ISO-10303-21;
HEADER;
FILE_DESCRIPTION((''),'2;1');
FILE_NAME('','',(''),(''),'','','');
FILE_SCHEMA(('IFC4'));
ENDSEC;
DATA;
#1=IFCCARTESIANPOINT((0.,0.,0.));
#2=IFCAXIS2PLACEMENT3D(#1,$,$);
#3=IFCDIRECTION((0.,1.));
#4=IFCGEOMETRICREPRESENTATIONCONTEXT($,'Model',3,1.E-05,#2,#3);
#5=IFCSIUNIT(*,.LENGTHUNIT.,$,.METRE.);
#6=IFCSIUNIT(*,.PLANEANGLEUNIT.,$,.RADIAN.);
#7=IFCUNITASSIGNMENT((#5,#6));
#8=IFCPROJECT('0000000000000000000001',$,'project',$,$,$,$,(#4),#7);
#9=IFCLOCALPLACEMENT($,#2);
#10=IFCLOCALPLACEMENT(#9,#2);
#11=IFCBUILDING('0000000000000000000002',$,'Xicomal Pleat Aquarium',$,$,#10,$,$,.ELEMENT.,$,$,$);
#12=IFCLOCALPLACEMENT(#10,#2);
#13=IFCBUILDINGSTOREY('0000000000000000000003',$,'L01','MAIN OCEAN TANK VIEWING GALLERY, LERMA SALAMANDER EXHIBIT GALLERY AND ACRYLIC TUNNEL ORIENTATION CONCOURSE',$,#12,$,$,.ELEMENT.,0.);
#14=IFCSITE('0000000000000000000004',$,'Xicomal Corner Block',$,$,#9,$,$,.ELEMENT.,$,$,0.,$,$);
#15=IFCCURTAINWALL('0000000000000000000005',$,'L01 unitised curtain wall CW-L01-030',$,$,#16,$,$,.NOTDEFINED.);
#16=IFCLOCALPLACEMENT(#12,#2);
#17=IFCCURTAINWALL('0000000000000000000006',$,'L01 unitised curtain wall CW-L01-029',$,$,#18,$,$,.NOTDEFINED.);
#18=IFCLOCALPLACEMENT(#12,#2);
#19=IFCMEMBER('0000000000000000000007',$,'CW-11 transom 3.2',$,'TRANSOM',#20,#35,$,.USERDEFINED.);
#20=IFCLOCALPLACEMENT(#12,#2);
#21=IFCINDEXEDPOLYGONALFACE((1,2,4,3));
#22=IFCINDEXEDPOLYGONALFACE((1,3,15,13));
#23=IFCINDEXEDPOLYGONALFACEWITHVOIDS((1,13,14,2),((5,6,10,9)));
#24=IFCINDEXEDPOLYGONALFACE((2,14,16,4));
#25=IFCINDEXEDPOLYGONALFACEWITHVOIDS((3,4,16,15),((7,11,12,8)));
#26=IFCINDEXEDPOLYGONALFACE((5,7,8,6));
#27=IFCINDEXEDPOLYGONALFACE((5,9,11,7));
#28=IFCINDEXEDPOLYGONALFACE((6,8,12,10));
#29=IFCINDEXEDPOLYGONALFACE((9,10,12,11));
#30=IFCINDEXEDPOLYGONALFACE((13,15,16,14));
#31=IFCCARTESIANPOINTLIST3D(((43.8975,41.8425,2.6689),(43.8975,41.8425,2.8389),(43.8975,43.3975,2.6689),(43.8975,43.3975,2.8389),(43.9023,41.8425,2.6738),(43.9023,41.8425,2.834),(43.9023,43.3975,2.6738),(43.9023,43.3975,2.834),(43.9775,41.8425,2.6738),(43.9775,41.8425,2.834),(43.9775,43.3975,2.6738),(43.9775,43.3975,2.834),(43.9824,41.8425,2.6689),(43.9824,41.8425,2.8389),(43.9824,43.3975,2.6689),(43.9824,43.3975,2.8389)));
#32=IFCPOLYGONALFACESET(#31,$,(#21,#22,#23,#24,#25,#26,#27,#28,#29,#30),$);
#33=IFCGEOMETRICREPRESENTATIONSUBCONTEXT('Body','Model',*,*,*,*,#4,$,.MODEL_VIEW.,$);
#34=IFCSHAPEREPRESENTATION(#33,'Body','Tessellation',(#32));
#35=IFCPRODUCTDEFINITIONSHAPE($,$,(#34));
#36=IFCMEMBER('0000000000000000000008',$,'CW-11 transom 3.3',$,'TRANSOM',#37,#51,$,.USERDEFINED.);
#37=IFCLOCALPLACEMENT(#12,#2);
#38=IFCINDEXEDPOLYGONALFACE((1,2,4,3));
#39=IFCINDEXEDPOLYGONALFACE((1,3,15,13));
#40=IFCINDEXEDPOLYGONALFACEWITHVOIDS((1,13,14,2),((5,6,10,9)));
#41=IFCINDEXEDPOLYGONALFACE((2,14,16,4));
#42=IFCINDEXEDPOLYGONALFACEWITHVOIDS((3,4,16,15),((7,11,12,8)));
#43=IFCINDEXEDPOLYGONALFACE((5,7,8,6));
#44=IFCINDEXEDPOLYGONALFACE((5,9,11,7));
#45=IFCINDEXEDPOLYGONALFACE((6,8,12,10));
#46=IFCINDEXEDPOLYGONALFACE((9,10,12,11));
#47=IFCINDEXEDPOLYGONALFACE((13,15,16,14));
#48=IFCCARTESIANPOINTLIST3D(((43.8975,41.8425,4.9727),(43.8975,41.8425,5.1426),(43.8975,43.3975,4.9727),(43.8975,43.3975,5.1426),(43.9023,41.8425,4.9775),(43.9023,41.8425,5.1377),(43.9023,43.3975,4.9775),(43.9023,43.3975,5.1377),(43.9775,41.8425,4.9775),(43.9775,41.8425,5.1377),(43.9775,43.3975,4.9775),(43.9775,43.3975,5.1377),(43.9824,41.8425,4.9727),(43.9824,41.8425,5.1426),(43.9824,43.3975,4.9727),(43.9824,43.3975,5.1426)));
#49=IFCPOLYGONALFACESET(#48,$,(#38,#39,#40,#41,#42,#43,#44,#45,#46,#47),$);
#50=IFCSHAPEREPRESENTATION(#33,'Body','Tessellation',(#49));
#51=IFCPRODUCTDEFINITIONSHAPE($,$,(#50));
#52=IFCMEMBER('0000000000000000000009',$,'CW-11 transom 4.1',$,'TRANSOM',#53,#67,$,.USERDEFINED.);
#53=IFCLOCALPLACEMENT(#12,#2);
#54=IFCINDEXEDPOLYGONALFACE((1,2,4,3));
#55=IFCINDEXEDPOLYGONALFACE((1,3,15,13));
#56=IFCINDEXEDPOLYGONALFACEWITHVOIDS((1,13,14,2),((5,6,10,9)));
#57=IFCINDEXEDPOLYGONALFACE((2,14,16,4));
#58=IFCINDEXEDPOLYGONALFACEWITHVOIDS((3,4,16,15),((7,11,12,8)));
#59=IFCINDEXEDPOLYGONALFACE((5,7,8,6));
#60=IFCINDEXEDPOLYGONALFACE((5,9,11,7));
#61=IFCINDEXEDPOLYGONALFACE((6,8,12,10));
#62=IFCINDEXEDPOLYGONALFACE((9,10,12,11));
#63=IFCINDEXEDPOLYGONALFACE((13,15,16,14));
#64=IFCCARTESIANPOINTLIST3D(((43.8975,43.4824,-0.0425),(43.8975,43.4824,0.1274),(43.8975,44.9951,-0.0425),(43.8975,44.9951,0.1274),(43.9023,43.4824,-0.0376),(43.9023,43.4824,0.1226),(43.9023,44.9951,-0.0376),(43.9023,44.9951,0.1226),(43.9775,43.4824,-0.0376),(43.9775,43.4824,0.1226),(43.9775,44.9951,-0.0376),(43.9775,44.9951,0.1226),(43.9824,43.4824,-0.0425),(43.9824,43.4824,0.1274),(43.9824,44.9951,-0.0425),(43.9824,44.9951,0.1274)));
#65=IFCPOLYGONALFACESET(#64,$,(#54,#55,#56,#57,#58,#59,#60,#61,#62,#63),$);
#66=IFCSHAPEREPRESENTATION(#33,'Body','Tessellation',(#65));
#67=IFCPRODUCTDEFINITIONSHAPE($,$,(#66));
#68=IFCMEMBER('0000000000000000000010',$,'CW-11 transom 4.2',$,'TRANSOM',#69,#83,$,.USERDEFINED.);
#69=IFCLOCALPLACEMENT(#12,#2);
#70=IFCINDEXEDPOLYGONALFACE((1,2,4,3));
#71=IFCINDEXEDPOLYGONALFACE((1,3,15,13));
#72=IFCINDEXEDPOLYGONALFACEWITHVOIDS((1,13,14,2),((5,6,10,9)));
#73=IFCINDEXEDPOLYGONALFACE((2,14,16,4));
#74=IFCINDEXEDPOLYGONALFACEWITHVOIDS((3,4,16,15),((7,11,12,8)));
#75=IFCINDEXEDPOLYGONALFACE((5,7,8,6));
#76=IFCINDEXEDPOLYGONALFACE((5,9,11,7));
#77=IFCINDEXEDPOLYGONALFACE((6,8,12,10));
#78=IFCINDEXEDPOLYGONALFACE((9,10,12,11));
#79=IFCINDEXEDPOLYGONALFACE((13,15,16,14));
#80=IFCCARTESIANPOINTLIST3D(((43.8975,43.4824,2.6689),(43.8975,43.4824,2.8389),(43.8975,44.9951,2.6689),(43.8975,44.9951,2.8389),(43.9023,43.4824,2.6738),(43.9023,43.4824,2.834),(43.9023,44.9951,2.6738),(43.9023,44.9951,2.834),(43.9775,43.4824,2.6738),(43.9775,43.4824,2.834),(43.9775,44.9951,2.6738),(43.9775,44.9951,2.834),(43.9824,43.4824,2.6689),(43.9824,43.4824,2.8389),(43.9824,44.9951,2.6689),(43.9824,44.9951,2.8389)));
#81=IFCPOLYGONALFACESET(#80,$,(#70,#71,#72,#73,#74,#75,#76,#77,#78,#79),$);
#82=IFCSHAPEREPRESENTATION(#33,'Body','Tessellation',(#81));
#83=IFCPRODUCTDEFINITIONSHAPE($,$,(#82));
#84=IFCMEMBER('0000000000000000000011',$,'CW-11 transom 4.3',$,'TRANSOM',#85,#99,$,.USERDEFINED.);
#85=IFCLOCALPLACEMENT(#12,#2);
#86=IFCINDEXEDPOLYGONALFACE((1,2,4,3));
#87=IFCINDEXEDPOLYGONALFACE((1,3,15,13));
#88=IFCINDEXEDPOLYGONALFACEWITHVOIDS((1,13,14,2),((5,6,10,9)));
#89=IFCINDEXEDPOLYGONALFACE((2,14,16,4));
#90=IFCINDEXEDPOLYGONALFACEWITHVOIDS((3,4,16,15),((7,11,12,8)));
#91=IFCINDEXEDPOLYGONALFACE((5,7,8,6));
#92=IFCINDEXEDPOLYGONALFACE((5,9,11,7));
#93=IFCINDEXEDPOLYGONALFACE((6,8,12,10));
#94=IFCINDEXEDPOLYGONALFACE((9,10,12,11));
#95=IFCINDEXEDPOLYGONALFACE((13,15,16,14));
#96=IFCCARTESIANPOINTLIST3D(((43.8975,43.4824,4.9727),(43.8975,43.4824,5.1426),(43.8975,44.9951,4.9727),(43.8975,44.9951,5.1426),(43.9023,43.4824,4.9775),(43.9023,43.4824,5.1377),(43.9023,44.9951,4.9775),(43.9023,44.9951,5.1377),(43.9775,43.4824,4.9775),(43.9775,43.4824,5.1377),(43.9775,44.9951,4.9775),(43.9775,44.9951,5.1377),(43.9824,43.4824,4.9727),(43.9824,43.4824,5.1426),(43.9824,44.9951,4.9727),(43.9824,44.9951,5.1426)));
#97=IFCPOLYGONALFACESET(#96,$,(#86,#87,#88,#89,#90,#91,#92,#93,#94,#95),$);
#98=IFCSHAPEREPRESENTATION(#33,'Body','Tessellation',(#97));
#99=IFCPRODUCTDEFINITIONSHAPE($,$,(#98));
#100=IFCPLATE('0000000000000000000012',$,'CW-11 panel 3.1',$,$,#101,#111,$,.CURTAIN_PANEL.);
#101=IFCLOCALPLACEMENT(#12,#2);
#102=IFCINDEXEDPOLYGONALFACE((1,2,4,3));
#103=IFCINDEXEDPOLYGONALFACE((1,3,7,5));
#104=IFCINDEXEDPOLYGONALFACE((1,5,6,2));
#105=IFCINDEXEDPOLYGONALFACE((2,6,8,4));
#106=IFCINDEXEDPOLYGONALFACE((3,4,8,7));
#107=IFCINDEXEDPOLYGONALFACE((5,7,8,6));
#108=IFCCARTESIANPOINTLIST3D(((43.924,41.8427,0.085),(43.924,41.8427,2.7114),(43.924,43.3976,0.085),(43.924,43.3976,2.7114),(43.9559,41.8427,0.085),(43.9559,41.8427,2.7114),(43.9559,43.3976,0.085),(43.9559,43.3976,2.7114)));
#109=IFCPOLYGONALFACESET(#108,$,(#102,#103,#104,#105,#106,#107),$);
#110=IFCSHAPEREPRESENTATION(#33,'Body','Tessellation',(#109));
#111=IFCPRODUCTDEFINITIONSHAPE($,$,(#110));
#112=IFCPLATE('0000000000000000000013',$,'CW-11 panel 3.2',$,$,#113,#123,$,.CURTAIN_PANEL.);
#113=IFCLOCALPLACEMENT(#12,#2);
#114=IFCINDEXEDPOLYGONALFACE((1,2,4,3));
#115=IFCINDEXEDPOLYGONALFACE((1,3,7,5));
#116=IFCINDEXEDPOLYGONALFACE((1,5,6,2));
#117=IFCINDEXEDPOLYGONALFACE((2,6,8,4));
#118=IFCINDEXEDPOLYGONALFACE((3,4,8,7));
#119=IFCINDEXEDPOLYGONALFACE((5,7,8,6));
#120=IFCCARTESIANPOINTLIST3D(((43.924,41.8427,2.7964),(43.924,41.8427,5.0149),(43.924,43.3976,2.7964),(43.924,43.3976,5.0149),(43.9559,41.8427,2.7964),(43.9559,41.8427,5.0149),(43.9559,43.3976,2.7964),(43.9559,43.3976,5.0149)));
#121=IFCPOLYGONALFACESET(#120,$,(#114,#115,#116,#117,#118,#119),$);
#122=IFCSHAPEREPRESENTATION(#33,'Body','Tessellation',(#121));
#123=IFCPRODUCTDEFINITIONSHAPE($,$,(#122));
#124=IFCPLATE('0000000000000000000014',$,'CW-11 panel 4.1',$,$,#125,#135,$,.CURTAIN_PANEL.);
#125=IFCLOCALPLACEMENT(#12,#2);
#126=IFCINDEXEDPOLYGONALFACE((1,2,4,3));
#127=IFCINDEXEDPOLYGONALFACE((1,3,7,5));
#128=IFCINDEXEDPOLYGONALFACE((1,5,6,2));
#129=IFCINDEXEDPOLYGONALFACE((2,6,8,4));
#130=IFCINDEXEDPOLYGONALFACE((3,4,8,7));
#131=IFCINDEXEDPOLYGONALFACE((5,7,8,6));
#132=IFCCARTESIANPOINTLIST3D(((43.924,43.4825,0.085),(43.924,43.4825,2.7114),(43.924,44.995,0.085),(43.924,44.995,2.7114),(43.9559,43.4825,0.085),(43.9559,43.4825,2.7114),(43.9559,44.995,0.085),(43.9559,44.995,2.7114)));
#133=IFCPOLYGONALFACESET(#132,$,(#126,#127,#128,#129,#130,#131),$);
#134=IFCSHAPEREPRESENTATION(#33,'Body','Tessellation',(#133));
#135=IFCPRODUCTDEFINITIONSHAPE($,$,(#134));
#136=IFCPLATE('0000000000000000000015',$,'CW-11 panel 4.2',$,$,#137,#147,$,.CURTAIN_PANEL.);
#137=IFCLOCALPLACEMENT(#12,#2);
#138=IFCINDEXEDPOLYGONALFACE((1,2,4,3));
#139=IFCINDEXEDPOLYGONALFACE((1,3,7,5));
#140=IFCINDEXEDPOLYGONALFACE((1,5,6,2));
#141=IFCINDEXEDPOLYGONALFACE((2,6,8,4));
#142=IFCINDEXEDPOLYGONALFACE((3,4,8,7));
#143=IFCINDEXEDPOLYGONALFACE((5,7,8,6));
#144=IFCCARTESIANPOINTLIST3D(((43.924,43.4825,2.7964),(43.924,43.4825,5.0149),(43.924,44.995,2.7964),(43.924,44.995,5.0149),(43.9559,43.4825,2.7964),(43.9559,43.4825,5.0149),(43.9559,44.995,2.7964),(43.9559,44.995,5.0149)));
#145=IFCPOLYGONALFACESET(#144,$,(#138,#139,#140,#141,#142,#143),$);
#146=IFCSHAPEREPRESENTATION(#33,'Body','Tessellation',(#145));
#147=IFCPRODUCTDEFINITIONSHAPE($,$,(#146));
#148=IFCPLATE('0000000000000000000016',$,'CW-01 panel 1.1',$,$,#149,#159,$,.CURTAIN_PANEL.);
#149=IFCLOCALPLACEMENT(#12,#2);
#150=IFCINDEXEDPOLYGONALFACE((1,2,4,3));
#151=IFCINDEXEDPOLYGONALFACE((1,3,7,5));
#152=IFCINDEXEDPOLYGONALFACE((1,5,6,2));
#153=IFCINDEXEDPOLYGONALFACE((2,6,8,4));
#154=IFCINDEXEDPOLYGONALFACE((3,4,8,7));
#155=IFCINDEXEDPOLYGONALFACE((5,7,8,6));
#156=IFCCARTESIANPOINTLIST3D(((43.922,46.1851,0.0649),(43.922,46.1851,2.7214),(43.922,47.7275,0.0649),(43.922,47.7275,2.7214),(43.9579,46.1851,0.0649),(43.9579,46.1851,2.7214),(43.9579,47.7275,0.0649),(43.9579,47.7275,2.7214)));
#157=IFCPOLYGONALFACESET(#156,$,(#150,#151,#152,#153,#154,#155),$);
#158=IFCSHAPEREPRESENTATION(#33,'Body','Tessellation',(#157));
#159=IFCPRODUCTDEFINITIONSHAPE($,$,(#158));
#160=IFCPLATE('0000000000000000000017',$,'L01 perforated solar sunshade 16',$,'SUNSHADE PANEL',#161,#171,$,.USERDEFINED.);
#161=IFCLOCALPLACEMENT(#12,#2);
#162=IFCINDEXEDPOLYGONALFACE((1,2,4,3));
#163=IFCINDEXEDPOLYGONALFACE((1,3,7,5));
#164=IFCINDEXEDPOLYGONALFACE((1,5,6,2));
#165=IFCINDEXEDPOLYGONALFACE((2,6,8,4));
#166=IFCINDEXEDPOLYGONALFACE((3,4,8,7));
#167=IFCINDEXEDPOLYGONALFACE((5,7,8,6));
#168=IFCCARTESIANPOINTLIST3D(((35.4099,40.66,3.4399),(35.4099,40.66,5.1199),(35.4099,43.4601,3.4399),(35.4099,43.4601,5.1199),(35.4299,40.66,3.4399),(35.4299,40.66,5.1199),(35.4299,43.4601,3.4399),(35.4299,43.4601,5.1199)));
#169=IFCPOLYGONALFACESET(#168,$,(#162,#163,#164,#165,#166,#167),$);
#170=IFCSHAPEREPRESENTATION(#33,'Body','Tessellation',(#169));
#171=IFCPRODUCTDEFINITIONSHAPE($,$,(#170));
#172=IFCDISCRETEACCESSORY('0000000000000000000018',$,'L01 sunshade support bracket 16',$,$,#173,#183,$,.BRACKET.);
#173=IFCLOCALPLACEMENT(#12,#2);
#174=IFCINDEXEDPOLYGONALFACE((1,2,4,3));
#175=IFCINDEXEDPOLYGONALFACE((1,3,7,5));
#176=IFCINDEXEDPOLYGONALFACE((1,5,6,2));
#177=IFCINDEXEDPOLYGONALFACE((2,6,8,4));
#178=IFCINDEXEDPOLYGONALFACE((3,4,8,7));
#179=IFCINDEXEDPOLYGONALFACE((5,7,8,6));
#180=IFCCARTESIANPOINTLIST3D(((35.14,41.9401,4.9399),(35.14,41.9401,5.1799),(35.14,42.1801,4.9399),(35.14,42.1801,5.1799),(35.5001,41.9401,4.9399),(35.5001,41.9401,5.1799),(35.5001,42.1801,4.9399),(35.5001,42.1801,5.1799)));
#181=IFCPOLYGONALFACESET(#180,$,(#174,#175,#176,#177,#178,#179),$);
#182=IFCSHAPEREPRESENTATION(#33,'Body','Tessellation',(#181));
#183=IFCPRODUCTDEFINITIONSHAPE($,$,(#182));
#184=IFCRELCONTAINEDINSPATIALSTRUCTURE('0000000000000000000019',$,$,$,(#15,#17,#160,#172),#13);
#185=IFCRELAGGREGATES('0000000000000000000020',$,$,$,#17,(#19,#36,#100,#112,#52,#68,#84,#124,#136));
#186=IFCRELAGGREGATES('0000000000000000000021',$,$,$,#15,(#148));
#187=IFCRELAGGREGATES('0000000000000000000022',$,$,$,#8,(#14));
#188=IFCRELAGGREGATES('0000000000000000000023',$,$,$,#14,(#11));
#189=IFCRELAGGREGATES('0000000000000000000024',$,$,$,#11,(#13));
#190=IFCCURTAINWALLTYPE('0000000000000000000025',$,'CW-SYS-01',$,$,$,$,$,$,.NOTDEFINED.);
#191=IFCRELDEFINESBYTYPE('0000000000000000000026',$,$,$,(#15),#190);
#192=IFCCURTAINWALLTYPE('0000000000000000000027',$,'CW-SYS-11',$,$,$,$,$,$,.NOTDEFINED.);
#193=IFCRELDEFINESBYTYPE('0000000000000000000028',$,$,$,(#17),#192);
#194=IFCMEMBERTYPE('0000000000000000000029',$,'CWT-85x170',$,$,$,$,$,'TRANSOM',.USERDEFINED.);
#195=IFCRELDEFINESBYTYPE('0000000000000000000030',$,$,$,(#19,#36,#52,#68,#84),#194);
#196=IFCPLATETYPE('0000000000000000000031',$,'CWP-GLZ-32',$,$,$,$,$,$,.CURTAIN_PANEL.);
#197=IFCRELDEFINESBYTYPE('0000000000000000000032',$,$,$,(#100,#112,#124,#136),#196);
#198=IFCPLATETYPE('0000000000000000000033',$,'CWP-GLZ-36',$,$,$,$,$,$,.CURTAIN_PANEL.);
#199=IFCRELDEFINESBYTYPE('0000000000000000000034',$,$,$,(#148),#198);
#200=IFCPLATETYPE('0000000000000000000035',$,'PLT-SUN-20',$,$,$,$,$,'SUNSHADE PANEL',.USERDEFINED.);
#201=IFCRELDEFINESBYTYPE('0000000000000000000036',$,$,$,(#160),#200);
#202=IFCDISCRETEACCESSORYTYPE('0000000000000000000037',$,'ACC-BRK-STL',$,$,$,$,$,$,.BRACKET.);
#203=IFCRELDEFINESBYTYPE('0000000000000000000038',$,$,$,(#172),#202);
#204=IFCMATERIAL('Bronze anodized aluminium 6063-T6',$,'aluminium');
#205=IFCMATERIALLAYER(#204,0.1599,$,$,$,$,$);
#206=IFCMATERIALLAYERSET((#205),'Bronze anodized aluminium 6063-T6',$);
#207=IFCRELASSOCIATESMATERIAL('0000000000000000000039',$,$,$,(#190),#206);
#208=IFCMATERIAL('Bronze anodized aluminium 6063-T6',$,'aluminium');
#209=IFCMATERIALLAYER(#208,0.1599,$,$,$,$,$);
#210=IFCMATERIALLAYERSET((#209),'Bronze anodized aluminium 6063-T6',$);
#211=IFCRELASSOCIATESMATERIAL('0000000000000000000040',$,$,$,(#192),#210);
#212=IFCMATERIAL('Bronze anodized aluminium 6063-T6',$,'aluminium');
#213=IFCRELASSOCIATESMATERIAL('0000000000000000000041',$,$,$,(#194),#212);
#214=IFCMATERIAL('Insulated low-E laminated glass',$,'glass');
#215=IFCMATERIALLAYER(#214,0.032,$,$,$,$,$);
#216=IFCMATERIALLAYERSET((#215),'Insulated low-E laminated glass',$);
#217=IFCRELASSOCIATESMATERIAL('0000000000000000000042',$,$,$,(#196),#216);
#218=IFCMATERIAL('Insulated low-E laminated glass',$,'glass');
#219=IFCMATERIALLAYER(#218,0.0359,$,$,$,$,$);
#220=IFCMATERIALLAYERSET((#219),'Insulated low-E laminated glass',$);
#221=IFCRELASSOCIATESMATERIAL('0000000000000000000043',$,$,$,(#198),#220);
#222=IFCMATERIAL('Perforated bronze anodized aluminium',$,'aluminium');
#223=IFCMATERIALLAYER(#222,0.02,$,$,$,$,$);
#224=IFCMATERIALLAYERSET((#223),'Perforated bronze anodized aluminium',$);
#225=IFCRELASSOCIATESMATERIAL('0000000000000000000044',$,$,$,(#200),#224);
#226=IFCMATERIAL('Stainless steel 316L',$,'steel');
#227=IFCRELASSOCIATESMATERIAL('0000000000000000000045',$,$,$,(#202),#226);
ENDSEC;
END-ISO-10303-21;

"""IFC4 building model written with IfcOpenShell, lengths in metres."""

from ifc_helpers import new_model, si_unit, direction, frame, origin, origin_2d, place, context, subcontext, project, spatial, rectangle, hollow_rectangle, extrude, material, layer, layer_set, material_profile, profile_set, type_object, element, aggregate, save


model = new_model("IFC4")

# Units and contexts
model_context = context("Model", 3, precision=1e-05, world=origin(), true_north=direction((0.0, 1.0)))
body_context = subcontext(model_context, "Body", "Model", "MODEL_VIEW")
ifc_project = project(units=[si_unit("LENGTHUNIT", "METRE"), si_unit("PLANEANGLEUNIT", "RADIAN")], contexts=[model_context])

# Site, building, storey
site_placement = place(None, origin())
site = spatial("IfcSite", under=ifc_project, at=site_placement, Name="Xicomal Corner Block", CompositionType="ELEMENT", RefElevation=0.0)
building_placement = place(site_placement, origin())
building = spatial("IfcBuilding", under=site, at=building_placement, Name="Xicomal Pleat Aquarium", CompositionType="ELEMENT")
storey_placement = place(building_placement, origin())
storey = spatial("IfcBuildingStorey", under=building, at=storey_placement, Name="L01", Description="MAIN OCEAN TANK VIEWING GALLERY, LERMA SALAMANDER EXHIBIT GALLERY AND ACRYLIC TUNNEL ORIENTATION CONCOURSE", CompositionType="ELEMENT", Elevation=0.0)

# Curtain wall
ifc_material_1 = material(Name="Bronze anodized aluminium 6063-T6", Category="aluminium")
ifc_layer_1 = layer(ifc_material_1, 0.1599)
ifc_layer_set_1 = layer_set([ifc_layer_1], Name="Bronze anodized aluminium 6063-T6")
curtain_wall_type_1 = type_object("IfcCurtainWallType", Name="CW-SYS-01", PredefinedType="NOTDEFINED", material=ifc_layer_set_1)
curtain_wall_1_placement = place(storey_placement, origin())
curtain_wall_1 = element("IfcCurtainWall", 1, at=curtain_wall_1_placement, inside=storey, type_object=curtain_wall_type_1, Name="L01 unitised curtain wall CW-L01-030", PredefinedType="NOTDEFINED")

# Curtain wall
ifc_material_2 = material(Name="Bronze anodized aluminium 6063-T6", Category="aluminium")
ifc_layer_2 = layer(ifc_material_2, 0.1599)
ifc_layer_set_2 = layer_set([ifc_layer_2], Name="Bronze anodized aluminium 6063-T6")
curtain_wall_type_2 = type_object("IfcCurtainWallType", Name="CW-SYS-11", PredefinedType="NOTDEFINED", material=ifc_layer_set_2)
curtain_wall_2_placement = place(storey_placement, origin())
curtain_wall_2 = element("IfcCurtainWall", 2, at=curtain_wall_2_placement, inside=storey, type_object=curtain_wall_type_2, Name="L01 unitised curtain wall CW-L01-029", PredefinedType="NOTDEFINED")

# Members
ifc_material_3 = material(Name="Bronze anodized aluminium 6063-T6", Category="aluminium")
ifc_material_profile_1 = material_profile(ifc_material_3, hollow_rectangle(XDim=0.085, YDim=0.1699, WallThickness=0.0049, at=origin_2d()), Name="ALU TRAN 85x170")
ifc_profile_set_1 = profile_set([ifc_material_profile_1], Name="Bronze anodized aluminium 6063-T6")
member_type_1 = type_object("IfcMemberType", Name="CWT-85x170", ElementType="TRANSOM", PredefinedType="USERDEFINED", material=ifc_profile_set_1)
member_1_placement = place(storey_placement, frame((43.9399, 41.8425, 2.7539), z_axis=(0.0, 1.0, 0.0), x_axis=(-1.0, 0.0, 0.0)))
member_1 = element("IfcMember", 3, at=member_1_placement, type_object=member_type_1, Name="CW-11 transom 3.2", ObjectType="TRANSOM", PredefinedType="USERDEFINED", context=body_context, shape_type="SweptSolid", body=[
    extrude(hollow_rectangle(XDim=0.085, YDim=0.1699, WallThickness=0.0049, at=origin_2d()), origin(), (0.0, 0.0, 1.0), 1.5549),
])
member_2_placement = place(storey_placement, frame((43.9399, 41.8425, 5.0576), z_axis=(0.0, 1.0, 0.0), x_axis=(-1.0, 0.0, 0.0)))
member_2 = element("IfcMember", 4, at=member_2_placement, type_object=member_type_1, Name="CW-11 transom 3.3", ObjectType="TRANSOM", PredefinedType="USERDEFINED", context=body_context, shape_type="SweptSolid", body=[
    extrude(hollow_rectangle(XDim=0.085, YDim=0.1699, WallThickness=0.0049, at=origin_2d()), origin(), (0.0, 0.0, 1.0), 1.5549),
])
member_3_placement = place(storey_placement, frame((43.9399, 43.4824, 0.0425), z_axis=(0.0, 1.0, 0.0), x_axis=(-1.0, 0.0, 0.0)))
member_3 = element("IfcMember", 5, at=member_3_placement, type_object=member_type_1, Name="CW-11 transom 4.1", ObjectType="TRANSOM", PredefinedType="USERDEFINED", context=body_context, shape_type="SweptSolid", body=[
    extrude(hollow_rectangle(XDim=0.085, YDim=0.1699, WallThickness=0.0049, at=origin_2d()), origin(), (0.0, 0.0, 1.0), 1.5127),
])
member_4_placement = place(storey_placement, frame((43.9399, 43.4824, 2.7539), z_axis=(0.0, 1.0, 0.0), x_axis=(-1.0, 0.0, 0.0)))
member_4 = element("IfcMember", 6, at=member_4_placement, type_object=member_type_1, Name="CW-11 transom 4.2", ObjectType="TRANSOM", PredefinedType="USERDEFINED", context=body_context, shape_type="SweptSolid", body=[
    extrude(hollow_rectangle(XDim=0.085, YDim=0.1699, WallThickness=0.0049, at=origin_2d()), origin(), (0.0, 0.0, 1.0), 1.5127),
])
member_5_placement = place(storey_placement, frame((43.9399, 43.4824, 5.0576), z_axis=(0.0, 1.0, 0.0), x_axis=(-1.0, 0.0, 0.0)))
member_5 = element("IfcMember", 7, at=member_5_placement, type_object=member_type_1, Name="CW-11 transom 4.3", ObjectType="TRANSOM", PredefinedType="USERDEFINED", context=body_context, shape_type="SweptSolid", body=[
    extrude(hollow_rectangle(XDim=0.085, YDim=0.1699, WallThickness=0.0049, at=origin_2d()), origin(), (0.0, 0.0, 1.0), 1.5127),
])

# Plates
ifc_material_4 = material(Name="Insulated low-E laminated glass", Category="glass")
ifc_layer_3 = layer(ifc_material_4, 0.032)
ifc_layer_set_3 = layer_set([ifc_layer_3], Name="Insulated low-E laminated glass")
plate_type_1 = type_object("IfcPlateType", Name="CWP-GLZ-32", PredefinedType="CURTAIN_PANEL", material=ifc_layer_set_3)
plate_1_placement = place(storey_placement, frame((43.9399, 42.6201, 0.085), z_axis=(0.0, 0.0, 1.0), x_axis=(0.0, 1.0, 0.0)))
plate_1 = element("IfcPlate", 8, at=plate_1_placement, type_object=plate_type_1, Name="CW-11 panel 3.1", PredefinedType="CURTAIN_PANEL", context=body_context, shape_type="SweptSolid", body=[
    extrude(rectangle(XDim=1.5549, YDim=0.032, at=origin_2d()), origin(), (0.0, 0.0, 1.0), 2.6265),
])
plate_2_placement = place(storey_placement, frame((43.9399, 42.6201, 2.7964), z_axis=(0.0, 0.0, 1.0), x_axis=(0.0, 1.0, 0.0)))
plate_2 = element("IfcPlate", 9, at=plate_2_placement, type_object=plate_type_1, Name="CW-11 panel 3.2", PredefinedType="CURTAIN_PANEL", context=body_context, shape_type="SweptSolid", body=[
    extrude(rectangle(XDim=1.5549, YDim=0.032, at=origin_2d()), origin(), (0.0, 0.0, 1.0), 2.2185),
])
plate_3_placement = place(storey_placement, frame((43.9399, 44.2388, 0.085), z_axis=(0.0, 0.0, 1.0), x_axis=(0.0, 1.0, 0.0)))
plate_3 = element("IfcPlate", 10, at=plate_3_placement, type_object=plate_type_1, Name="CW-11 panel 4.1", PredefinedType="CURTAIN_PANEL", context=body_context, shape_type="SweptSolid", body=[
    extrude(rectangle(XDim=1.5125, YDim=0.032, at=origin_2d()), origin(), (0.0, 0.0, 1.0), 2.6265),
])
plate_4_placement = place(storey_placement, frame((43.9399, 44.2388, 2.7964), z_axis=(0.0, 0.0, 1.0), x_axis=(0.0, 1.0, 0.0)))
plate_4 = element("IfcPlate", 11, at=plate_4_placement, type_object=plate_type_1, Name="CW-11 panel 4.2", PredefinedType="CURTAIN_PANEL", context=body_context, shape_type="SweptSolid", body=[
    extrude(rectangle(XDim=1.5125, YDim=0.032, at=origin_2d()), origin(), (0.0, 0.0, 1.0), 2.2185),
])
aggregate(curtain_wall_2, [member_1, member_2, plate_1, plate_2, member_3, member_4, member_5, plate_3, plate_4])
ifc_material_5 = material(Name="Insulated low-E laminated glass", Category="glass")
ifc_layer_4 = layer(ifc_material_5, 0.0359)
ifc_layer_set_4 = layer_set([ifc_layer_4], Name="Insulated low-E laminated glass")
plate_type_2 = type_object("IfcPlateType", Name="CWP-GLZ-36", PredefinedType="CURTAIN_PANEL", material=ifc_layer_set_4)
plate_5_placement = place(storey_placement, frame((43.9399, 46.9563, 0.0649), z_axis=(0.0, 0.0, 1.0), x_axis=(0.0, 1.0, 0.0)))
plate_5 = element("IfcPlate", 12, at=plate_5_placement, type_object=plate_type_2, Name="CW-01 panel 1.1", PredefinedType="CURTAIN_PANEL", context=body_context, shape_type="SweptSolid", body=[
    extrude(rectangle(XDim=1.5425, YDim=0.0359, at=origin_2d()), origin(), (0.0, 0.0, 1.0), 2.6565),
])
aggregate(curtain_wall_1, [plate_5])
ifc_material_6 = material(Name="Perforated bronze anodized aluminium", Category="aluminium")
ifc_layer_5 = layer(ifc_material_6, 0.02)
ifc_layer_set_5 = layer_set([ifc_layer_5], Name="Perforated bronze anodized aluminium")
plate_type_3 = type_object("IfcPlateType", Name="PLT-SUN-20", ElementType="SUNSHADE PANEL", PredefinedType="USERDEFINED", material=ifc_layer_set_5)
plate_6_placement = place(storey_placement, frame((35.4199, 42.0601, 3.4399), z_axis=(0.0, 0.0, 1.0), x_axis=(0.0, -1.0, 0.0)))
element("IfcPlate", 13, at=plate_6_placement, inside=storey, type_object=plate_type_3, Name="L01 perforated solar sunshade 16", ObjectType="SUNSHADE PANEL", PredefinedType="USERDEFINED", context=body_context, shape_type="SweptSolid", body=[
    extrude(rectangle(XDim=2.8, YDim=0.02, at=origin_2d()), origin(), (0.0, 0.0, 1.0), 1.6799),
])

# Discrete accessory
ifc_material_7 = material(Name="Stainless steel 316L", Category="steel")
discrete_accessory_type = type_object("IfcDiscreteAccessoryType", Name="ACC-BRK-STL", PredefinedType="BRACKET", material=ifc_material_7)
discrete_accessory_placement = place(storey_placement, frame((35.3201, 42.0601, 4.9399), z_axis=(0.0, 0.0, 1.0), x_axis=(0.0, -1.0, 0.0)))
element("IfcDiscreteAccessory", 14, at=discrete_accessory_placement, inside=storey, type_object=discrete_accessory_type, Name="L01 sunshade support bracket 16", PredefinedType="BRACKET", context=body_context, shape_type="SweptSolid", body=[
    extrude(rectangle(XDim=0.24, YDim=0.3601, at=origin_2d()), origin(), (0.0, 0.0, 1.0), 0.24),
])

save(model, "model.ifc")
